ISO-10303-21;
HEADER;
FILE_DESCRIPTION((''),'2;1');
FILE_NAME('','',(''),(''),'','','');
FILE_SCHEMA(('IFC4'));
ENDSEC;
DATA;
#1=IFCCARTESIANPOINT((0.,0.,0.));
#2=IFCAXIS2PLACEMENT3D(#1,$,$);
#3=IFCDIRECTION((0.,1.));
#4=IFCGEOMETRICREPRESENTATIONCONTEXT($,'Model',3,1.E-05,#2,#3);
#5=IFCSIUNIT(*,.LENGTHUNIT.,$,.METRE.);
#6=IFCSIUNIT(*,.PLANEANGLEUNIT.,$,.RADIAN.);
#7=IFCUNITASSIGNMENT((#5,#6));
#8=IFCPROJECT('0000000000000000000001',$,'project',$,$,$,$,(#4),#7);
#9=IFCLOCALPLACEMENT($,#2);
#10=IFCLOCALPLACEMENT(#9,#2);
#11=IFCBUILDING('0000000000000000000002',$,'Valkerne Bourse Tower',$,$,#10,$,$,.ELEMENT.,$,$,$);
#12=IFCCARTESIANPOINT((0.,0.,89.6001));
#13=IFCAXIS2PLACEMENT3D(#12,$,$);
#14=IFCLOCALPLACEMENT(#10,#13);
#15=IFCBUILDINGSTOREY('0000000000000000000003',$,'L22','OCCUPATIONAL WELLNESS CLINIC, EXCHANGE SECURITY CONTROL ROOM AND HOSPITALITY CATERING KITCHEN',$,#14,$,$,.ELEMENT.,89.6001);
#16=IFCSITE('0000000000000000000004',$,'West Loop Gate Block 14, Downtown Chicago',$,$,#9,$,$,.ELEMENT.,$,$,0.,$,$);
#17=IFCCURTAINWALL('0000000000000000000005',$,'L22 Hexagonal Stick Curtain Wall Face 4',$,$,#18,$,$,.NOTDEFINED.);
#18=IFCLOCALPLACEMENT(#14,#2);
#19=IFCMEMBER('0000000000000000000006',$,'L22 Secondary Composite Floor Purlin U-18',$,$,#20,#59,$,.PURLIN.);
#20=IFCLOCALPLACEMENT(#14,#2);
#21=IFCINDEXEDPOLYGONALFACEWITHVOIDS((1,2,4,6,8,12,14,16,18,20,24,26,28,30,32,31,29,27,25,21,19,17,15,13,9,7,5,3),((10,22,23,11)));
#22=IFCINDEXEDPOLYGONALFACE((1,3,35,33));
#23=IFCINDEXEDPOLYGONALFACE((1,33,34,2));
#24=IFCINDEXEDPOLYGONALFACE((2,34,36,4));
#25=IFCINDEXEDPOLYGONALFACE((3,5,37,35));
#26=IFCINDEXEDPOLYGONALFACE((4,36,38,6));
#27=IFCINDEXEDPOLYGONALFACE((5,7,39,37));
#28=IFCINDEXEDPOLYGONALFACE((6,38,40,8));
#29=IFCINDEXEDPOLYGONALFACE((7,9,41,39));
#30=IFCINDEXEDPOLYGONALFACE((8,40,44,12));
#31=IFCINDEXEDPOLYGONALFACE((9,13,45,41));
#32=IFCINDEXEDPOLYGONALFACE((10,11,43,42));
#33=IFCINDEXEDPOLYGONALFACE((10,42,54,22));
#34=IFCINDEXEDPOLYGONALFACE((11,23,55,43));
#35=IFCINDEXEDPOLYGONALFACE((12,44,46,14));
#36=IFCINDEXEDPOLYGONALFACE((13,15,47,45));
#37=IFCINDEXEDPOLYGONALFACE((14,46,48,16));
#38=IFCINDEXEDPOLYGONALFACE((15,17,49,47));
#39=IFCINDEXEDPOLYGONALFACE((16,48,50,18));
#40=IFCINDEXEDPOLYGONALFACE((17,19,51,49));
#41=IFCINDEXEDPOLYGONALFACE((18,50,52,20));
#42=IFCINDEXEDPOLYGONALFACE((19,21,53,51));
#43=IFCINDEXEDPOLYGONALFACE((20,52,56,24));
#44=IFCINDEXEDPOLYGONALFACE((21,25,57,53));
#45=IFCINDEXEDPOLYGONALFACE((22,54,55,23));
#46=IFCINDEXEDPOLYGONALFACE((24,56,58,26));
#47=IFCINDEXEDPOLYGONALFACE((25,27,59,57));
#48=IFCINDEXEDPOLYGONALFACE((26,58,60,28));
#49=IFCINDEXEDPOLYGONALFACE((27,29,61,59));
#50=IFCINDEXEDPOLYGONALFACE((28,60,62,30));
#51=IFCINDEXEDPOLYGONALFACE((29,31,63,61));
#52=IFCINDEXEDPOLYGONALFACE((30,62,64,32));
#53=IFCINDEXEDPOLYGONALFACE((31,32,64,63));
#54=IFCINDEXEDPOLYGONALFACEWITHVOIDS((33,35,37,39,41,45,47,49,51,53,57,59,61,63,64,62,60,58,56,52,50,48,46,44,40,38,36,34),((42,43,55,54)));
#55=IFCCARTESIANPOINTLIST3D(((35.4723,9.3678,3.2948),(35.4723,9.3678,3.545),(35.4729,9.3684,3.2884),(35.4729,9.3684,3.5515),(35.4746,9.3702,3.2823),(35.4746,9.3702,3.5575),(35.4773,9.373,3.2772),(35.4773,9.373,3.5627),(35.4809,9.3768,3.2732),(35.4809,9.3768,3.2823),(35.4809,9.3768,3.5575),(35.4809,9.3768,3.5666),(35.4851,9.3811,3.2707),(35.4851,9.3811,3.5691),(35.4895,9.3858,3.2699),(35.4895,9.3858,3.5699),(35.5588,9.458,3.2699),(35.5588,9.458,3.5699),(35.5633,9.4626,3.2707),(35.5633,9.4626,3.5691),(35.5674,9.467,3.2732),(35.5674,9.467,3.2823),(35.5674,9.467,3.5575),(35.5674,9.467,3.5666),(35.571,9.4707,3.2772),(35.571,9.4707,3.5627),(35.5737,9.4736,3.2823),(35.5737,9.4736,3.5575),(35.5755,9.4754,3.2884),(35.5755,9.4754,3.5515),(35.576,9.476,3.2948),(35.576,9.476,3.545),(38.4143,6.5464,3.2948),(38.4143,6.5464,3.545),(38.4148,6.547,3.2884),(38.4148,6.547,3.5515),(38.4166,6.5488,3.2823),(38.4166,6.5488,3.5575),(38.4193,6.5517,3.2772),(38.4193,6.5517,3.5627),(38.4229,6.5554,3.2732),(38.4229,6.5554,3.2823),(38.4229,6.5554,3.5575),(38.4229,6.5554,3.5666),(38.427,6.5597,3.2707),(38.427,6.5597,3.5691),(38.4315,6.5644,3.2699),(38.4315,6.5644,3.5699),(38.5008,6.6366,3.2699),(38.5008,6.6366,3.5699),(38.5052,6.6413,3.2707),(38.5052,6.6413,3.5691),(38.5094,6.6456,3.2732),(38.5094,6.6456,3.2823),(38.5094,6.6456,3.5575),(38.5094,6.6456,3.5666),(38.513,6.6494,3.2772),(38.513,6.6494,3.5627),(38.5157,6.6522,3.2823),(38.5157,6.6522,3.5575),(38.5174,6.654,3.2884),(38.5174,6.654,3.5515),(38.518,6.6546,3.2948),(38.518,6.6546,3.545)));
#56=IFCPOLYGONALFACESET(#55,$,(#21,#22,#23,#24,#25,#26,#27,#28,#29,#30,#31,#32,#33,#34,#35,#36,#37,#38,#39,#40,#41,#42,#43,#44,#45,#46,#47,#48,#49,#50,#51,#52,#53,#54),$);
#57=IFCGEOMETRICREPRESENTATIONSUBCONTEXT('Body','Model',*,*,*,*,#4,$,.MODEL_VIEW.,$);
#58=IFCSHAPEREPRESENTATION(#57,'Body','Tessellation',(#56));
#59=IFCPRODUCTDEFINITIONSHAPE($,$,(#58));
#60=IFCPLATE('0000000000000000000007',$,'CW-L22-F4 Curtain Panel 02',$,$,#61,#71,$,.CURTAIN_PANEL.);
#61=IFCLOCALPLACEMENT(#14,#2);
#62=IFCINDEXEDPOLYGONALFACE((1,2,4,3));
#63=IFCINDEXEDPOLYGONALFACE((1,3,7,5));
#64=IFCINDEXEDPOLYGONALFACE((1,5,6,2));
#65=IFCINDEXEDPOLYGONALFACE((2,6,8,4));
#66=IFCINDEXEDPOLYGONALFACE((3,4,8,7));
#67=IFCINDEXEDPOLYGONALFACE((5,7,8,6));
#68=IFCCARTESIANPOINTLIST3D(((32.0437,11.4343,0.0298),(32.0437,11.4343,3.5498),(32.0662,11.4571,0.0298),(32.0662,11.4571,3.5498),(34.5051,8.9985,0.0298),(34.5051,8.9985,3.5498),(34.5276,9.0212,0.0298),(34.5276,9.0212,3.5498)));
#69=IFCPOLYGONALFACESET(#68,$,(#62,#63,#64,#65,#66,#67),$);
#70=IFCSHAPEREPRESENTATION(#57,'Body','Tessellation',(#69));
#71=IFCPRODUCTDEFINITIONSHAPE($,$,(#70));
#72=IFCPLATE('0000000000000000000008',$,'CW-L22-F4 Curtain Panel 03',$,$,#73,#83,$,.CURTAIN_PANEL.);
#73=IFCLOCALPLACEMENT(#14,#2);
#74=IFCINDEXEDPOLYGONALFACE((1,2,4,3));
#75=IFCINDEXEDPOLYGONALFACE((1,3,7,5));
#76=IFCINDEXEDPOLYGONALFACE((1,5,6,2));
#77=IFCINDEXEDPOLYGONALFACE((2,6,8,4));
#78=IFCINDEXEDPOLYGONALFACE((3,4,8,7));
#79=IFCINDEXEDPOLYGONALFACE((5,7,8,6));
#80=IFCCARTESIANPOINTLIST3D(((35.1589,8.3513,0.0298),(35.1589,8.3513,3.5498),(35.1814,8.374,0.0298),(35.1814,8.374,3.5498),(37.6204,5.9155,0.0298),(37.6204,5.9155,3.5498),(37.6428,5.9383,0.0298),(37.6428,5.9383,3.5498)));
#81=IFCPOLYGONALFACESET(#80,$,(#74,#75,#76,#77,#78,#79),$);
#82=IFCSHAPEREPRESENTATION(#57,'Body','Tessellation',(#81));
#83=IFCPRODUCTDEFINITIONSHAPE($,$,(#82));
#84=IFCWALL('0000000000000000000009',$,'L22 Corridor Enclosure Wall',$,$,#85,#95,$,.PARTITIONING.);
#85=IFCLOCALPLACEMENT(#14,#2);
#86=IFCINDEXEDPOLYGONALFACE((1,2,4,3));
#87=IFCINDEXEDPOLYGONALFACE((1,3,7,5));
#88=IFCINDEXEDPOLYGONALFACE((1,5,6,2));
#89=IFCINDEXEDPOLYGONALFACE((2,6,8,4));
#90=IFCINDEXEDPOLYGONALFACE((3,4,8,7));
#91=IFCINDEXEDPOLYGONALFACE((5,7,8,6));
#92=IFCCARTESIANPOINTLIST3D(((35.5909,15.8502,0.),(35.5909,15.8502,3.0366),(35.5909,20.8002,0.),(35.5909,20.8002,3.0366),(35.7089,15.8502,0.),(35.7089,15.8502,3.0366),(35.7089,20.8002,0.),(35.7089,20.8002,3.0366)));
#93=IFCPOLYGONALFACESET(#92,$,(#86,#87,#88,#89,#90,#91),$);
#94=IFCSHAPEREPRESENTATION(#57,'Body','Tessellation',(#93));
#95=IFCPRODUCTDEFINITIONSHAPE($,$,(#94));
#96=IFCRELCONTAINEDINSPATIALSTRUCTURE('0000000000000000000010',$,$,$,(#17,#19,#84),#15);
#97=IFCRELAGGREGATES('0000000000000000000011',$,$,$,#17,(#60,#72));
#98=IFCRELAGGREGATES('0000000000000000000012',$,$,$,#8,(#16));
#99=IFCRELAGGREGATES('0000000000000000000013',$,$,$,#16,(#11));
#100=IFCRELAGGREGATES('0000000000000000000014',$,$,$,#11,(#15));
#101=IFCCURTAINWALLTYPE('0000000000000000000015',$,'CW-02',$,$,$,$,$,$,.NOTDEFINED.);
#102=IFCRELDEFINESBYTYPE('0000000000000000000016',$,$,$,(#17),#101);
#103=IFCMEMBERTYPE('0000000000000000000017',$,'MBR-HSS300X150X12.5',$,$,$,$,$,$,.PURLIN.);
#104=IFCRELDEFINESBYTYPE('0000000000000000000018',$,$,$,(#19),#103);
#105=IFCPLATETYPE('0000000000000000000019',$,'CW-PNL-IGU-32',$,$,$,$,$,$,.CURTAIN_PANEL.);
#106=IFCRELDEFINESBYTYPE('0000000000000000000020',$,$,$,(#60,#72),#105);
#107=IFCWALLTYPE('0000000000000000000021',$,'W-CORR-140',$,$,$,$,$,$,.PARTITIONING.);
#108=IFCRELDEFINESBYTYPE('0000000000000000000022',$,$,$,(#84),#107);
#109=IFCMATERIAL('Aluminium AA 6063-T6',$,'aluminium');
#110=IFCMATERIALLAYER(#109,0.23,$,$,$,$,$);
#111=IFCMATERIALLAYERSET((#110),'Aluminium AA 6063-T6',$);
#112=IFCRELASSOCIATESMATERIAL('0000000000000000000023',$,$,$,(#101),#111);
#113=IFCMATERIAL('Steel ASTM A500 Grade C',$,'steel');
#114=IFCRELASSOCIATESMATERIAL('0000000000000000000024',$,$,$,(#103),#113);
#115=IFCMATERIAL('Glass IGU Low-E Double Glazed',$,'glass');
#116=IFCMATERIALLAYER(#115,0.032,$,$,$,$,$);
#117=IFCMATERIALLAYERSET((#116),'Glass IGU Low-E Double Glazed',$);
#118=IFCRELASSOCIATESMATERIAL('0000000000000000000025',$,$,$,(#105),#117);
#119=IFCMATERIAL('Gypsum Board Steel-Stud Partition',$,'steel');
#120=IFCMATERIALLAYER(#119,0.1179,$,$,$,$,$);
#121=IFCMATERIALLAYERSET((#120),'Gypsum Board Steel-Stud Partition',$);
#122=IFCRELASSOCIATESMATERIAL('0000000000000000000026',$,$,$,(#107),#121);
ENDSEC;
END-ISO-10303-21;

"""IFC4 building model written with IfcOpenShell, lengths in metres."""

from ifc_helpers import new_model, si_unit, direction, frame, frame_2d, origin, origin_2d, place, context, subcontext, project, spatial, rectangle, hollow_rectangle, extrude, material, layer, layer_set, material_profile, profile_set, type_object, element, aggregate, save


model = new_model("IFC4")

# Units and contexts
model_context = context("Model", 3, precision=1e-05, world=origin(), true_north=direction((0.0, 1.0)))
body_context = subcontext(model_context, "Body", "Model", "MODEL_VIEW")
ifc_project = project(units=[si_unit("LENGTHUNIT", "METRE"), si_unit("PLANEANGLEUNIT", "RADIAN")], contexts=[model_context])

# Site, building, storey
site_placement = place(None, origin())
site = spatial("IfcSite", under=ifc_project, at=site_placement, Name="West Loop Gate Block 14, Downtown Chicago", CompositionType="ELEMENT", RefElevation=0.0)
building_placement = place(site_placement, origin())
building = spatial("IfcBuilding", under=site, at=building_placement, Name="Valkerne Bourse Tower", CompositionType="ELEMENT")
storey_placement = place(building_placement, frame((0.0, 0.0, 89.6001)))
storey = spatial("IfcBuildingStorey", under=building, at=storey_placement, Name="L22", Description="OCCUPATIONAL WELLNESS CLINIC, EXCHANGE SECURITY CONTROL ROOM AND HOSPITALITY CATERING KITCHEN", CompositionType="ELEMENT", Elevation=89.6001)

# Curtain wall
ifc_material_1 = material(Name="Aluminium AA 6063-T6", Category="aluminium")
ifc_layer_1 = layer(ifc_material_1, 0.23)
ifc_layer_set_1 = layer_set([ifc_layer_1], Name="Aluminium AA 6063-T6")
curtain_wall_type = type_object("IfcCurtainWallType", Name="CW-02", PredefinedType="NOTDEFINED", material=ifc_layer_set_1)
curtain_wall_placement = place(storey_placement, origin())
curtain_wall = element("IfcCurtainWall", 1, at=curtain_wall_placement, inside=storey, type_object=curtain_wall_type, Name="L22 Hexagonal Stick Curtain Wall Face 4", PredefinedType="NOTDEFINED")

# Member
ifc_material_2 = material(Name="Steel ASTM A500 Grade C", Category="steel")
ifc_material_profile_1 = material_profile(ifc_material_2, hollow_rectangle(XDim=0.1499, YDim=0.3, WallThickness=0.0125, OuterFilletRadius=0.0249, at=origin_2d()), Name="HSS300X150X12.5")
ifc_profile_set_1 = profile_set([ifc_material_profile_1], Name="Steel ASTM A500 Grade C")
member_type_1 = type_object("IfcMemberType", Name="MBR-HSS300X150X12.5", PredefinedType="PURLIN", material=ifc_profile_set_1)
for number, where, z_axis, x_axis, name in (
    (2, (35.5242, 9.4219, 3.4199), (0.721746, -0.692158, 0.0), (0.692158, 0.721746, 0.0), "L22 Secondary Composite Floor Purlin U-18"),
):
    element("IfcMember", number, at=place(storey_placement, frame(where, z_axis=z_axis, x_axis=x_axis)), inside=storey, type_object=member_type_1, Name=name, PredefinedType="PURLIN", context=body_context, shape_type="SweptSolid", body=[
        extrude(hollow_rectangle(XDim=0.1499, YDim=0.3, WallThickness=0.0125, OuterFilletRadius=0.0249, at=origin_2d()), origin(), (0.0, 0.0, 1.0), 4.0762),
    ])

# Plates
ifc_material_3 = material(Name="Glass IGU Low-E Double Glazed", Category="glass")
ifc_layer_2 = layer(ifc_material_3, 0.032)
ifc_layer_set_2 = layer_set([ifc_layer_2], Name="Glass IGU Low-E Double Glazed")
plate_type = type_object("IfcPlateType", Name="CW-PNL-IGU-32", PredefinedType="CURTAIN_PANEL", material=ifc_layer_set_2)
plate_1_placement = place(storey_placement, frame((33.2856, 10.2278, 0.0298), z_axis=(0.0, 0.0, 1.0), x_axis=(0.710793, -0.703401, 0.0)))
plate_1 = element("IfcPlate", 3, at=plate_1_placement, type_object=plate_type, Name="CW-L22-F4 Curtain Panel 02", PredefinedType="CURTAIN_PANEL", context=body_context, shape_type="SweptSolid", body=[
    extrude(rectangle(XDim=3.4629, YDim=0.032, at=origin_2d()), origin(), (0.0, 0.0, 1.0), 3.52),
])
plate_2_placement = place(storey_placement, frame((36.4009, 7.1448, 0.0298), z_axis=(0.0, 0.0, 1.0), x_axis=(0.710805, -0.70339, 0.0)))
plate_2 = element("IfcPlate", 4, at=plate_2_placement, type_object=plate_type, Name="CW-L22-F4 Curtain Panel 03", PredefinedType="CURTAIN_PANEL", context=body_context, shape_type="SweptSolid", body=[
    extrude(rectangle(XDim=3.4629, YDim=0.032, at=origin_2d()), origin(), (0.0, 0.0, 1.0), 3.52),
])
aggregate(curtain_wall, [plate_1, plate_2])

# Wall
ifc_material_4 = material(Name="Gypsum Board Steel-Stud Partition", Category="steel")
ifc_layer_3 = layer(ifc_material_4, 0.1179)
ifc_layer_set_3 = layer_set([ifc_layer_3], Name="Gypsum Board Steel-Stud Partition")
wall_type = type_object("IfcWallType", Name="W-CORR-140", PredefinedType="PARTITIONING", material=ifc_layer_set_3)
wall_placement = place(storey_placement, frame((35.6499, 15.8501, 0.0), z_axis=(0.0, 0.0, 1.0), x_axis=(0.0, 1.0, 0.0)))
element("IfcWall", 5, at=wall_placement, inside=storey, type_object=wall_type, Name="L22 Corridor Enclosure Wall", PredefinedType="PARTITIONING", context=body_context, shape_type="SweptSolid", body=[
    extrude(rectangle(XDim=4.95, YDim=0.1179, at=frame_2d((2.4751, 0.0))), origin(), (0.0, 0.0, 1.0), 3.0366),
])

save(model, "model.ifc")
